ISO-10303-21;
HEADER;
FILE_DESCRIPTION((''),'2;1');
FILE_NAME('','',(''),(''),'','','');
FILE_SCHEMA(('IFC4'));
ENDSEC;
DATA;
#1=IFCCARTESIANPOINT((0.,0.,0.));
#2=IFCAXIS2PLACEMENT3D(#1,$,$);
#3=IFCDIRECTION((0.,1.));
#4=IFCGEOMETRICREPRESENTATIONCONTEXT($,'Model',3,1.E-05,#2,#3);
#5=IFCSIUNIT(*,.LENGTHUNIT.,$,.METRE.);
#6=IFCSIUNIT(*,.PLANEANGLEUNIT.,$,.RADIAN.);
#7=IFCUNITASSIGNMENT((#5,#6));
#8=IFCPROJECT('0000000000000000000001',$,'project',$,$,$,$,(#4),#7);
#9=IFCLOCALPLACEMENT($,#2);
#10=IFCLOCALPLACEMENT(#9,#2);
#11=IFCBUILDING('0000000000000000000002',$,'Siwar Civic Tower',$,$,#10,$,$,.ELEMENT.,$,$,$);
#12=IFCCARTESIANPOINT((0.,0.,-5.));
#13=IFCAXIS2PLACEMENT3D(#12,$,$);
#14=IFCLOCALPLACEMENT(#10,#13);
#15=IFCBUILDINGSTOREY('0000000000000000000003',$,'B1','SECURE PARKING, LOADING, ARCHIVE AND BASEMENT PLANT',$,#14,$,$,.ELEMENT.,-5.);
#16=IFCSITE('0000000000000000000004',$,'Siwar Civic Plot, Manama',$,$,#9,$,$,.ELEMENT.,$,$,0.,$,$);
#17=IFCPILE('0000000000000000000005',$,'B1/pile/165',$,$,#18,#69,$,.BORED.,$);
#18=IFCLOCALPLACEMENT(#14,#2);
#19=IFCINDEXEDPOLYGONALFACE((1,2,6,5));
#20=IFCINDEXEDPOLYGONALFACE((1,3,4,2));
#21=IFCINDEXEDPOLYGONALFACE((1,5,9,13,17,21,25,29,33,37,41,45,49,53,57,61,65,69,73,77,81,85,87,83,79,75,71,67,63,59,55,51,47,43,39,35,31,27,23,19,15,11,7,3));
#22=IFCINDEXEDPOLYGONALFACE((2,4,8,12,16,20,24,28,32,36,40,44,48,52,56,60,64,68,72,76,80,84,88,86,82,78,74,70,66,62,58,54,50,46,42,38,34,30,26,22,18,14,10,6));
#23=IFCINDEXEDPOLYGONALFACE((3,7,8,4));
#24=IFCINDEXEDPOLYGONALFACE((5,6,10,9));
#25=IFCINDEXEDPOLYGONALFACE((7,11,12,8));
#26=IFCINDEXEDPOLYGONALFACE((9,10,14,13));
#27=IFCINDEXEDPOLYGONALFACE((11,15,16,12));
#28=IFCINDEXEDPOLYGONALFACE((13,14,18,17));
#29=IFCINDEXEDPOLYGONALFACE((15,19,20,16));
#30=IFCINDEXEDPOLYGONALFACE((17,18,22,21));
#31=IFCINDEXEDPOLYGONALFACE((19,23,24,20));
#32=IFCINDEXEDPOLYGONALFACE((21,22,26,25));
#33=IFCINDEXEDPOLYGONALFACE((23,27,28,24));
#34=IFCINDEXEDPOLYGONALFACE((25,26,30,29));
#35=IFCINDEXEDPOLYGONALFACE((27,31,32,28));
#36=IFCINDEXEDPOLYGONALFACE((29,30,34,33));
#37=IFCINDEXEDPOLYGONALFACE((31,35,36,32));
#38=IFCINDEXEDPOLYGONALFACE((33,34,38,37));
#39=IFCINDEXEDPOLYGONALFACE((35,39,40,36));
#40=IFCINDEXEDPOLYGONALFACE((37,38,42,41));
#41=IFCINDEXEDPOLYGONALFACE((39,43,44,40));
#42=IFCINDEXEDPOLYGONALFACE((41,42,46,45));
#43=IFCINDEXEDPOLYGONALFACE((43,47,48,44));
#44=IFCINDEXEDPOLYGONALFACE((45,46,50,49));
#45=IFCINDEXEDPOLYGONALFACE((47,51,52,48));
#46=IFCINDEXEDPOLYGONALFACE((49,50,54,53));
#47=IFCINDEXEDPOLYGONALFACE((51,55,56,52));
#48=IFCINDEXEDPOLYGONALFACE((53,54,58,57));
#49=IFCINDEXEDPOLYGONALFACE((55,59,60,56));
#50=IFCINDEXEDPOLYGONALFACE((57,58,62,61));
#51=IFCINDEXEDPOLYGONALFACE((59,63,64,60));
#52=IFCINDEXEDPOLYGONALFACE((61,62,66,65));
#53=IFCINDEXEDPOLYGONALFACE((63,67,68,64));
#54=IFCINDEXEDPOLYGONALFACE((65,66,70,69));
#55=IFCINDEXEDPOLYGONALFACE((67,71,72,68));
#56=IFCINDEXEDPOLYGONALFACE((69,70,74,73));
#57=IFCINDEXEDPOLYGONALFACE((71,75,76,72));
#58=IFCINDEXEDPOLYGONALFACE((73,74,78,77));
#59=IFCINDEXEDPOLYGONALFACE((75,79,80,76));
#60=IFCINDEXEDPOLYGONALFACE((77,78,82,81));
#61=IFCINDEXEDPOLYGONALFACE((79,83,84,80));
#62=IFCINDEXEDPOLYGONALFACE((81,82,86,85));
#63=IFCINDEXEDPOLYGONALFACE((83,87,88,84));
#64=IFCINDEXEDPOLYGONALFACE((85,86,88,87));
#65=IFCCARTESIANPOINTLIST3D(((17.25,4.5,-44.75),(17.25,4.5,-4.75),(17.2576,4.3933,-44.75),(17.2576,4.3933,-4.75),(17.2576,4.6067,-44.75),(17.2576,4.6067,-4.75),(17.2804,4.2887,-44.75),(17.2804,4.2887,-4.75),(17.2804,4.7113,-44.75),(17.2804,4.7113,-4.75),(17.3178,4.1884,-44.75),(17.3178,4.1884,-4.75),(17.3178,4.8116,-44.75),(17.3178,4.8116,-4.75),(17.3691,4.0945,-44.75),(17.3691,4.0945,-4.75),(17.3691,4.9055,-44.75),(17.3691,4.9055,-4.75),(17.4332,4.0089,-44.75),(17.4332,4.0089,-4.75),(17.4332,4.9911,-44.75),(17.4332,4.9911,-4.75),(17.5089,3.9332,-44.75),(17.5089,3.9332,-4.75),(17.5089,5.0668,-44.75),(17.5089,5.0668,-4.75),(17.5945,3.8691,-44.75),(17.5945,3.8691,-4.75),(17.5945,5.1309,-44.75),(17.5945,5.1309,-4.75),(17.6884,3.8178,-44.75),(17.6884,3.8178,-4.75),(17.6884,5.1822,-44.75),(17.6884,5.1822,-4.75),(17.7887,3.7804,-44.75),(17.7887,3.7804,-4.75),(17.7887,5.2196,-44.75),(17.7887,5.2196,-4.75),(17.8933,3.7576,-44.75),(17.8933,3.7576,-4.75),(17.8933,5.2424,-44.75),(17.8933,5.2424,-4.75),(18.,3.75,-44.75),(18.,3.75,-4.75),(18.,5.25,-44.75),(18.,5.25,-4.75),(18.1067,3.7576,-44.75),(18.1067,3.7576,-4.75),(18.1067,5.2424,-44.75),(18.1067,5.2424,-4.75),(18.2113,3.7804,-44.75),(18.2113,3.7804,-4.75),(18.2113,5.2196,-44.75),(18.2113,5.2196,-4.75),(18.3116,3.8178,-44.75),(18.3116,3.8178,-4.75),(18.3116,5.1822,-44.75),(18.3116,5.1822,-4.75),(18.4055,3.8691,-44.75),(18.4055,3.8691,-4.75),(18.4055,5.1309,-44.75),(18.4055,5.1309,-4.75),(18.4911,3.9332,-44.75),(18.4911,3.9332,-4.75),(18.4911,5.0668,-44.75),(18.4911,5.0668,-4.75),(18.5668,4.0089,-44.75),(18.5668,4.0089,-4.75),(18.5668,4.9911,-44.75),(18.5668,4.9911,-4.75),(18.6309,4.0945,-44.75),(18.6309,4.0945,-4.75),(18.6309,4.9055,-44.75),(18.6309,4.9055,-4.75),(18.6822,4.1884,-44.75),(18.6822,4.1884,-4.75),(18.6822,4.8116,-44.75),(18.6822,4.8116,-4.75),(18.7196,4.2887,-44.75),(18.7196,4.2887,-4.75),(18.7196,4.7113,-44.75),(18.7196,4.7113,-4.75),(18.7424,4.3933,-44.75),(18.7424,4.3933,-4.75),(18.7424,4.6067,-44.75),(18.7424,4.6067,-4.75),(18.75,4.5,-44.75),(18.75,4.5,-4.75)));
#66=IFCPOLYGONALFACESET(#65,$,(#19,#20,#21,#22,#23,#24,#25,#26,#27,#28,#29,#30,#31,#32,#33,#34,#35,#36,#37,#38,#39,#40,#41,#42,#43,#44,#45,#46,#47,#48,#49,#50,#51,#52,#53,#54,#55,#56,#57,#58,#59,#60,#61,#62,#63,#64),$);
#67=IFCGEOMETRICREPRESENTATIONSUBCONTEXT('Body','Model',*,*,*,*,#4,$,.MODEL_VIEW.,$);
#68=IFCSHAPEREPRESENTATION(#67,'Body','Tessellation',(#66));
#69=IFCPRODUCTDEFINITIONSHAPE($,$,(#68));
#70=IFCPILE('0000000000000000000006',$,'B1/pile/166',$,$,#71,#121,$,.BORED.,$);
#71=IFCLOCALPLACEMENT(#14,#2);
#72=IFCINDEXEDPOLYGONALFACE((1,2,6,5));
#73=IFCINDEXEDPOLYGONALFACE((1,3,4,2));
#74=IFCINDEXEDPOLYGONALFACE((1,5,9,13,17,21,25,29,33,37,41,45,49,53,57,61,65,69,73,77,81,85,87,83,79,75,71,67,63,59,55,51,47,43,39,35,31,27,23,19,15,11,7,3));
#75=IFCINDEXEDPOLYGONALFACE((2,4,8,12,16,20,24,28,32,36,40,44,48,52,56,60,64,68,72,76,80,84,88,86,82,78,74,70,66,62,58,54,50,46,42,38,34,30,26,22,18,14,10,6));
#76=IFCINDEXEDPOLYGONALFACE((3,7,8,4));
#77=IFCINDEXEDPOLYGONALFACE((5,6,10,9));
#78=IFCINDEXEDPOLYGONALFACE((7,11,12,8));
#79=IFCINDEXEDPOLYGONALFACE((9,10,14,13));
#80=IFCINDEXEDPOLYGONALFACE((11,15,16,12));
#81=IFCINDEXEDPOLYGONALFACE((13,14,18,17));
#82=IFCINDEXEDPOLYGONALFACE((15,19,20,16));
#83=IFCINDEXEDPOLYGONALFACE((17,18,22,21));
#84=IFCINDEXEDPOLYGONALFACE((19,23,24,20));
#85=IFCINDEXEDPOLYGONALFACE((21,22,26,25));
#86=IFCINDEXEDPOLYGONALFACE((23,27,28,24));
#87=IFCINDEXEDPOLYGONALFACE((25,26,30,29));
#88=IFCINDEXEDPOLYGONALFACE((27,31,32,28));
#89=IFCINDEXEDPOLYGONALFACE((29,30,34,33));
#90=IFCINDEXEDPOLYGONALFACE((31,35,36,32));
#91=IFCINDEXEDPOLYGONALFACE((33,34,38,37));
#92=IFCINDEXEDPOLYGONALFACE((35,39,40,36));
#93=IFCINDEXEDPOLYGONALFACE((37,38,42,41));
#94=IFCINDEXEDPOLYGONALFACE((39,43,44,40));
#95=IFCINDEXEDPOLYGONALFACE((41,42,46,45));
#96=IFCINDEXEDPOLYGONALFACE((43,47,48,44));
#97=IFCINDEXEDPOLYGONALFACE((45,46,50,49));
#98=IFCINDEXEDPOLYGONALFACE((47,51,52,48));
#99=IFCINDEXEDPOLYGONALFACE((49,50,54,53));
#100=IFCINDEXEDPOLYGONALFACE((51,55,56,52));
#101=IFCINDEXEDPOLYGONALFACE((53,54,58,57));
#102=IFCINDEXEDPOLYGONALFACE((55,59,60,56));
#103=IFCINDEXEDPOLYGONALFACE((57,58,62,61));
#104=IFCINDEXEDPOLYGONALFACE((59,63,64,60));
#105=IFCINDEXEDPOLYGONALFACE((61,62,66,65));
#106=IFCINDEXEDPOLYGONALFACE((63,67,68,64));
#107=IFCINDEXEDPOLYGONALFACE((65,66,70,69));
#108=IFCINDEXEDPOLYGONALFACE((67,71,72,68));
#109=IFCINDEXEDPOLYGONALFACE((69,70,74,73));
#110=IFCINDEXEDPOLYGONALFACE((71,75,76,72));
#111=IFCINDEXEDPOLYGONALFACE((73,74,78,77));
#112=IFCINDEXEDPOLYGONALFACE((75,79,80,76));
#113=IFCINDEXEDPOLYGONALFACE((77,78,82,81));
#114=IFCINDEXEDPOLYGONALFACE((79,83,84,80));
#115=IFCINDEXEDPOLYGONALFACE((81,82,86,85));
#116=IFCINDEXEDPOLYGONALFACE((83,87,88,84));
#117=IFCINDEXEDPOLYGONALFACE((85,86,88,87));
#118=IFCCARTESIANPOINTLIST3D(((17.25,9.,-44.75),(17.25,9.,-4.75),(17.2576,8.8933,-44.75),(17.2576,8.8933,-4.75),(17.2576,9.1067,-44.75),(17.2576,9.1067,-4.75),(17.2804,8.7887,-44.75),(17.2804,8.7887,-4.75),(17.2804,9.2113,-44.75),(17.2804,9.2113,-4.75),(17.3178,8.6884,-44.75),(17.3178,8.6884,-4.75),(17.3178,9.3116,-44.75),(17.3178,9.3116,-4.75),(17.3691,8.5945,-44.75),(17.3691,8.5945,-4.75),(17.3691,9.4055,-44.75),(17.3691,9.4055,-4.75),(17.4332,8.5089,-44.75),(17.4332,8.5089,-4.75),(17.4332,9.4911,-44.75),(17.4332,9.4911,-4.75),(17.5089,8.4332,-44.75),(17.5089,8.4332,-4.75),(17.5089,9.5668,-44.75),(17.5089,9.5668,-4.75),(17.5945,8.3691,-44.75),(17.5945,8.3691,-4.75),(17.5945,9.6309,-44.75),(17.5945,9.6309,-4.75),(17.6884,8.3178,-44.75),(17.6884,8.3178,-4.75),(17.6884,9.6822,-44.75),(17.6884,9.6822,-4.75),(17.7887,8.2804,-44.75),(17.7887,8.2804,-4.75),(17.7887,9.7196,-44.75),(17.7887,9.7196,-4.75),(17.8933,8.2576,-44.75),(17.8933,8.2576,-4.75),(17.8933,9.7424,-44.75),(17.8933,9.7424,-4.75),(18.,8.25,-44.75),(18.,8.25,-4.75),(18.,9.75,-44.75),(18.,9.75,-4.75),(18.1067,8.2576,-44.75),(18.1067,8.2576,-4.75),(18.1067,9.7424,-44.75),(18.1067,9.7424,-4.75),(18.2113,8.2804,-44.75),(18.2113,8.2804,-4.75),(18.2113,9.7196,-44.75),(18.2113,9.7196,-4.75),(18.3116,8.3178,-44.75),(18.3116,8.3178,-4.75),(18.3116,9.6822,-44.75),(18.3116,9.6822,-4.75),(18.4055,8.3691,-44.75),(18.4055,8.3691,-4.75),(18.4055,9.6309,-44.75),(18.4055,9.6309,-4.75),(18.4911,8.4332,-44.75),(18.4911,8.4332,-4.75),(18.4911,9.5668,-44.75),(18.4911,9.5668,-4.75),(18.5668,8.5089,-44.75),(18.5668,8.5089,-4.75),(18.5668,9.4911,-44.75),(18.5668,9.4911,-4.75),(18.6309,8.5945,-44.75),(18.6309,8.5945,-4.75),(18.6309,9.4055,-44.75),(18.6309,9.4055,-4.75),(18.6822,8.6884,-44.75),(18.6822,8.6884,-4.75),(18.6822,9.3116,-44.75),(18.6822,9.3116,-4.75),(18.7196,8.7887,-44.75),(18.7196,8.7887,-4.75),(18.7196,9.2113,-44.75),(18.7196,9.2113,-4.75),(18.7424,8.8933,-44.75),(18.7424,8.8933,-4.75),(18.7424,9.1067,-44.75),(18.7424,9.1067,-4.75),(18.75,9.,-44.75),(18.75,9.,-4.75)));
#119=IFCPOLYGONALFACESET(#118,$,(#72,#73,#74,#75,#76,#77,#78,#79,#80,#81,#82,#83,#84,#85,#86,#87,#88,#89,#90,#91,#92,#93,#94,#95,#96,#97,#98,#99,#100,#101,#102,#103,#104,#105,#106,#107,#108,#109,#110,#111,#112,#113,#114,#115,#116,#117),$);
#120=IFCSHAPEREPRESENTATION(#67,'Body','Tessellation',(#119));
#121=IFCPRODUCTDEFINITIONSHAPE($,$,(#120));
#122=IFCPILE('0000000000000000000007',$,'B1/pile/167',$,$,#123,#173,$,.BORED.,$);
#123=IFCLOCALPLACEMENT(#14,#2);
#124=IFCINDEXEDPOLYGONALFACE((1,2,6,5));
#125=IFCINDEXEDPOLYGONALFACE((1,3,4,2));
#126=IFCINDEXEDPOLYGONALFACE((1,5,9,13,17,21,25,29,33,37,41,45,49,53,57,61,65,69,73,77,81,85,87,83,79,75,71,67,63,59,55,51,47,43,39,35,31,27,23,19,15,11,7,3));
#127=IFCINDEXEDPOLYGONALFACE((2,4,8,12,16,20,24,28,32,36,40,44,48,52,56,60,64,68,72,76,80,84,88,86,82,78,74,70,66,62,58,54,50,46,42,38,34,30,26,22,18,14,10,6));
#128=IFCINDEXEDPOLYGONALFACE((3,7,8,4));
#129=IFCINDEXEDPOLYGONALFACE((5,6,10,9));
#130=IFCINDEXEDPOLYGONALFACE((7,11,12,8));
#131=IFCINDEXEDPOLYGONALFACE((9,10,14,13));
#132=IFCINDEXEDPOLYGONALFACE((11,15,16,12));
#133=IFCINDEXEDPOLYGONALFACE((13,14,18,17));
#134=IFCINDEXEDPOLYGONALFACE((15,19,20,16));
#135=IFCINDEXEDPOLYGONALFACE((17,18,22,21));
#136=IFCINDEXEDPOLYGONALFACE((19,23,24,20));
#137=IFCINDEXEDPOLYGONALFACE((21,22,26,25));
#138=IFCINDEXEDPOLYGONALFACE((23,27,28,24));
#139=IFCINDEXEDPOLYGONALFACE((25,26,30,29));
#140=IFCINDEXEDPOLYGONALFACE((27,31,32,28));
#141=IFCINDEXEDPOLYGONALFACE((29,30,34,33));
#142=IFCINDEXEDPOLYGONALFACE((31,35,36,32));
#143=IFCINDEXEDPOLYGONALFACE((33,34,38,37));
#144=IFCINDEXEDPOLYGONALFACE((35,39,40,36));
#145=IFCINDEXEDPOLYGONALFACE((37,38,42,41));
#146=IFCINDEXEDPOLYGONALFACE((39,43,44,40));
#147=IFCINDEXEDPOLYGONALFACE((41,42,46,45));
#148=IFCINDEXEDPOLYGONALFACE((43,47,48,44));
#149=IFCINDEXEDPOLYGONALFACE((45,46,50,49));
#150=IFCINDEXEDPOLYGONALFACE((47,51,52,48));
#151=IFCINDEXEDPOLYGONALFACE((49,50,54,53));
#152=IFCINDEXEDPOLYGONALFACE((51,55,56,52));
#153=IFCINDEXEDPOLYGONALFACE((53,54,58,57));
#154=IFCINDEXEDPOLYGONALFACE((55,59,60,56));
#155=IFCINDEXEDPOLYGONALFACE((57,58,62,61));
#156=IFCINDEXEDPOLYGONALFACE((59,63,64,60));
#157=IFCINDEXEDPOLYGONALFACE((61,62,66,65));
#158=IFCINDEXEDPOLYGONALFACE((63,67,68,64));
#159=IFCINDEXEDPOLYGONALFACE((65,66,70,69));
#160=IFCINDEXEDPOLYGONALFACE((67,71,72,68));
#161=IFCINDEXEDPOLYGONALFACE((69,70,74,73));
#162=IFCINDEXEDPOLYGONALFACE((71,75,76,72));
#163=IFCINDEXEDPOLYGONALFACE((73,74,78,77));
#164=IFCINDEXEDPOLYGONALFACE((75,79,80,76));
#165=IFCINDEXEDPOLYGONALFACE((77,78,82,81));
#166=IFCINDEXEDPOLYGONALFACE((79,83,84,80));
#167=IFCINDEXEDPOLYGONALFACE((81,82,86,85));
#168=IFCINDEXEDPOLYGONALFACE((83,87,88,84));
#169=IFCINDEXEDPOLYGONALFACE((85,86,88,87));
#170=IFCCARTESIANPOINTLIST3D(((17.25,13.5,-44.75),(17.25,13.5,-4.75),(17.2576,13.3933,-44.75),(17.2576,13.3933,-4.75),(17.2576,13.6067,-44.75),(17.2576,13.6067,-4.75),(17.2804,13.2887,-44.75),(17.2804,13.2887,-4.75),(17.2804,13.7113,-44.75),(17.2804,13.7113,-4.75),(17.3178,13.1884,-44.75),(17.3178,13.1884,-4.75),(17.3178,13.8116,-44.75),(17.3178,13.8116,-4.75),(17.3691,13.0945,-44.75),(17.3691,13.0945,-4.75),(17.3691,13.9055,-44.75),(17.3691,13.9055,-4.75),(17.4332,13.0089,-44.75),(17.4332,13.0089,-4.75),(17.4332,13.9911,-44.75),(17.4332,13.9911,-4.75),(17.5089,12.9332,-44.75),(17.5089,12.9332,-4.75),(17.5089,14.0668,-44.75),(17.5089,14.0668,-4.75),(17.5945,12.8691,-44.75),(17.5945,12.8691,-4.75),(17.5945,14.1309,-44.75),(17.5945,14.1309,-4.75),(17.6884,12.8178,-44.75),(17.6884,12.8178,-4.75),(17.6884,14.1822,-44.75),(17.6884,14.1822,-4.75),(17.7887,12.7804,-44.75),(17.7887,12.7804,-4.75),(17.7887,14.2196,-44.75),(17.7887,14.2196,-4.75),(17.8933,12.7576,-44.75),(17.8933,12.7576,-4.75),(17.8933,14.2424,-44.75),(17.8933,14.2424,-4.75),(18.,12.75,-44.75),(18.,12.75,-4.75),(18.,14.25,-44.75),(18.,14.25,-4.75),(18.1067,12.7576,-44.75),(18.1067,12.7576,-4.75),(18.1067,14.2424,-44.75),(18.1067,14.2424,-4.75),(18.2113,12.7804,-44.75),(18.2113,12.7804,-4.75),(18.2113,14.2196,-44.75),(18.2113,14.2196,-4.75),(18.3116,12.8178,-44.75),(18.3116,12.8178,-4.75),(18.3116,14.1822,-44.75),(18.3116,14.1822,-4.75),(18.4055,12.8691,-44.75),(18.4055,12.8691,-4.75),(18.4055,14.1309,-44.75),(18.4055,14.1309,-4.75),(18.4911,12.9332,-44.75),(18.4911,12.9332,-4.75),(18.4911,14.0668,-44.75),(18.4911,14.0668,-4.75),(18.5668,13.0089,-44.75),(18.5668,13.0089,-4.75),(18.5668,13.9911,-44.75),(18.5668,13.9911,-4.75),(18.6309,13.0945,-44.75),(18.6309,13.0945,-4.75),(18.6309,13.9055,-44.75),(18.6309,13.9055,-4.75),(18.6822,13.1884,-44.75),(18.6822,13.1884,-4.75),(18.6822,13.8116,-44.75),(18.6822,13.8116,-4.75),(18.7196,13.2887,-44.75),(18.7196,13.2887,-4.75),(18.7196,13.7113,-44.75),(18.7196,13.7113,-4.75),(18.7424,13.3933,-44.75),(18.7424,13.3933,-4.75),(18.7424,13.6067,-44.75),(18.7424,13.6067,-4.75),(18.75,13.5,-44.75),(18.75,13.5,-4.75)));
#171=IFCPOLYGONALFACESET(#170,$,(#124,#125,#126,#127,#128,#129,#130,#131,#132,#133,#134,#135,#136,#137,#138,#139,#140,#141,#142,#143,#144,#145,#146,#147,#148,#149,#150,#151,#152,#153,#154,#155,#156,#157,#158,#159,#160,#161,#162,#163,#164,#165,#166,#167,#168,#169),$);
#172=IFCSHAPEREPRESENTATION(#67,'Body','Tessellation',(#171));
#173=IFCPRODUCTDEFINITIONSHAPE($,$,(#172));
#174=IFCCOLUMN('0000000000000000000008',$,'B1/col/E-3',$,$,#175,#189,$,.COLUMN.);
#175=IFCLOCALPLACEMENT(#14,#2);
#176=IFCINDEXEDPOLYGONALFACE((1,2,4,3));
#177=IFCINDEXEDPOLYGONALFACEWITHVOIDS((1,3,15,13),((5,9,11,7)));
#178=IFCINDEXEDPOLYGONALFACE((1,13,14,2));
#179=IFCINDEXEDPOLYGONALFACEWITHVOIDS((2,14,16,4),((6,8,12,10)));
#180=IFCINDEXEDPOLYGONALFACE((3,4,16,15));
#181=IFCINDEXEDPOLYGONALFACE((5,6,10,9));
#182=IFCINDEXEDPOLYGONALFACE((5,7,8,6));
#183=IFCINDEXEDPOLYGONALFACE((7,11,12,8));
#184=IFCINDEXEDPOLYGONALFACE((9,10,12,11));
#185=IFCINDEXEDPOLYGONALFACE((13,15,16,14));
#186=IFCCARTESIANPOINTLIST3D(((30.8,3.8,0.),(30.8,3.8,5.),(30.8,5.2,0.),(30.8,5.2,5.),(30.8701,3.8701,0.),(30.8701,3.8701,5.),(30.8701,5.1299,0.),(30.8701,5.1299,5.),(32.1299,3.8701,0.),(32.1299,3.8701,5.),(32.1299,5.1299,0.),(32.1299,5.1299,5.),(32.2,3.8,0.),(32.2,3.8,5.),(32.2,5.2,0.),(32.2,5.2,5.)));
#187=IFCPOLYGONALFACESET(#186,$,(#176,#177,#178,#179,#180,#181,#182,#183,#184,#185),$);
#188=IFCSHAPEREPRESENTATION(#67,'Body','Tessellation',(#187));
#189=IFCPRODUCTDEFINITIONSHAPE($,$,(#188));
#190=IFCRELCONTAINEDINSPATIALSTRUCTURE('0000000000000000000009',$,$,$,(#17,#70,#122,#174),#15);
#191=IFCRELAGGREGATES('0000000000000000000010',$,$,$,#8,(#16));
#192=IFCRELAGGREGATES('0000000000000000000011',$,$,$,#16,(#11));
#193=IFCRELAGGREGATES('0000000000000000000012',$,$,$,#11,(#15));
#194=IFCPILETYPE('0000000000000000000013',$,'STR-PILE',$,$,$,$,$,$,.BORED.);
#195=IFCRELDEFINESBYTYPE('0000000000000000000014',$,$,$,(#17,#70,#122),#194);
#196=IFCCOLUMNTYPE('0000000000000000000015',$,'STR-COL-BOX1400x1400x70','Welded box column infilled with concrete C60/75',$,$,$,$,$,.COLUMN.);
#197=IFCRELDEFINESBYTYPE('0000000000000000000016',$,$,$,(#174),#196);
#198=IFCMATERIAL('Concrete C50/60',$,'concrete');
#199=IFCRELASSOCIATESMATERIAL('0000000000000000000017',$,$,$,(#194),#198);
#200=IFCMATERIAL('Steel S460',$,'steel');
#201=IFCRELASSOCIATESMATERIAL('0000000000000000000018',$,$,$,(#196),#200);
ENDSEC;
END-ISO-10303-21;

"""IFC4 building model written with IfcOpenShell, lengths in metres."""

from ifc_helpers import new_model, si_unit, direction, frame, origin, origin_2d, place, context, subcontext, project, spatial, hollow_rectangle, circle, extrude, material, material_profile, profile_set, type_object, element, save


model = new_model("IFC4")

# Units and contexts
model_context = context("Model", 3, precision=1e-05, world=origin(), true_north=direction((0.0, 1.0)))
body_context = subcontext(model_context, "Body", "Model", "MODEL_VIEW")
ifc_project = project(units=[si_unit("LENGTHUNIT", "METRE"), si_unit("PLANEANGLEUNIT", "RADIAN")], contexts=[model_context])

# Site, building, storey
site_placement = place(None, origin())
site = spatial("IfcSite", under=ifc_project, at=site_placement, Name="Siwar Civic Plot, Manama", CompositionType="ELEMENT", RefElevation=0.0)
building_placement = place(site_placement, origin())
building = spatial("IfcBuilding", under=site, at=building_placement, Name="Siwar Civic Tower", CompositionType="ELEMENT")
storey_placement = place(building_placement, frame((0.0, 0.0, -5.0)))
storey = spatial("IfcBuildingStorey", under=building, at=storey_placement, Name="B1", Description="SECURE PARKING, LOADING, ARCHIVE AND BASEMENT PLANT", CompositionType="ELEMENT", Elevation=-5.0)

# Piles
ifc_material_1 = material(Name="Concrete C50/60", Category="concrete")
ifc_material_profile_1 = material_profile(ifc_material_1, circle(Radius=0.75, at=origin_2d()), Name="PILE1500")
ifc_profile_set_1 = profile_set([ifc_material_profile_1], Name="Concrete C50/60")
pile_type = type_object("IfcPileType", Name="STR-PILE", PredefinedType="BORED", material=ifc_profile_set_1)
for number, where, z_axis, x_axis, name in (
    (1, (18.0, 4.5, -4.75), (0.0, 0.0, -1.0), (1.0, 0.0, 0.0), "B1/pile/165"),
    (2, (18.0, 9.0, -4.75), (0.0, 0.0, -1.0), (1.0, 0.0, 0.0), "B1/pile/166"),
    (3, (18.0, 13.5, -4.75), (0.0, 0.0, -1.0), (1.0, 0.0, 0.0), "B1/pile/167"),
):
    element("IfcPile", number, at=place(storey_placement, frame(where, z_axis=z_axis, x_axis=x_axis)), inside=storey, type_object=pile_type, Name=name, PredefinedType="BORED", context=body_context, shape_type="SweptSolid", body=[
        extrude(circle(Radius=0.75, at=origin_2d()), origin(), (0.0, 0.0, 1.0), 40.0),
    ])

# Column
ifc_material_2 = material(Name="Steel S460", Category="steel")
ifc_material_profile_2 = material_profile(ifc_material_2, hollow_rectangle(XDim=1.3999, YDim=1.3999, WallThickness=0.0701, at=origin_2d()), Name="BOX1400x1400x70")
ifc_profile_set_2 = profile_set([ifc_material_profile_2], Name="Steel S460")
column_type = type_object("IfcColumnType", Name="STR-COL-BOX1400x1400x70", Description="Welded box column infilled with concrete C60/75", PredefinedType="COLUMN", material=ifc_profile_set_2)
column_placement = place(storey_placement, frame((31.5, 4.5, 0.0), z_axis=(0.0, 0.0, 1.0), x_axis=(1.0, 0.0, 0.0)))
element("IfcColumn", 4, at=column_placement, inside=storey, type_object=column_type, Name="B1/col/E-3", PredefinedType="COLUMN", context=body_context, shape_type="SweptSolid", body=[
    extrude(hollow_rectangle(XDim=1.3999, YDim=1.3999, WallThickness=0.0701, at=origin_2d()), origin(), (0.0, 0.0, 1.0), 5.0),
])

save(model, "model.ifc")
